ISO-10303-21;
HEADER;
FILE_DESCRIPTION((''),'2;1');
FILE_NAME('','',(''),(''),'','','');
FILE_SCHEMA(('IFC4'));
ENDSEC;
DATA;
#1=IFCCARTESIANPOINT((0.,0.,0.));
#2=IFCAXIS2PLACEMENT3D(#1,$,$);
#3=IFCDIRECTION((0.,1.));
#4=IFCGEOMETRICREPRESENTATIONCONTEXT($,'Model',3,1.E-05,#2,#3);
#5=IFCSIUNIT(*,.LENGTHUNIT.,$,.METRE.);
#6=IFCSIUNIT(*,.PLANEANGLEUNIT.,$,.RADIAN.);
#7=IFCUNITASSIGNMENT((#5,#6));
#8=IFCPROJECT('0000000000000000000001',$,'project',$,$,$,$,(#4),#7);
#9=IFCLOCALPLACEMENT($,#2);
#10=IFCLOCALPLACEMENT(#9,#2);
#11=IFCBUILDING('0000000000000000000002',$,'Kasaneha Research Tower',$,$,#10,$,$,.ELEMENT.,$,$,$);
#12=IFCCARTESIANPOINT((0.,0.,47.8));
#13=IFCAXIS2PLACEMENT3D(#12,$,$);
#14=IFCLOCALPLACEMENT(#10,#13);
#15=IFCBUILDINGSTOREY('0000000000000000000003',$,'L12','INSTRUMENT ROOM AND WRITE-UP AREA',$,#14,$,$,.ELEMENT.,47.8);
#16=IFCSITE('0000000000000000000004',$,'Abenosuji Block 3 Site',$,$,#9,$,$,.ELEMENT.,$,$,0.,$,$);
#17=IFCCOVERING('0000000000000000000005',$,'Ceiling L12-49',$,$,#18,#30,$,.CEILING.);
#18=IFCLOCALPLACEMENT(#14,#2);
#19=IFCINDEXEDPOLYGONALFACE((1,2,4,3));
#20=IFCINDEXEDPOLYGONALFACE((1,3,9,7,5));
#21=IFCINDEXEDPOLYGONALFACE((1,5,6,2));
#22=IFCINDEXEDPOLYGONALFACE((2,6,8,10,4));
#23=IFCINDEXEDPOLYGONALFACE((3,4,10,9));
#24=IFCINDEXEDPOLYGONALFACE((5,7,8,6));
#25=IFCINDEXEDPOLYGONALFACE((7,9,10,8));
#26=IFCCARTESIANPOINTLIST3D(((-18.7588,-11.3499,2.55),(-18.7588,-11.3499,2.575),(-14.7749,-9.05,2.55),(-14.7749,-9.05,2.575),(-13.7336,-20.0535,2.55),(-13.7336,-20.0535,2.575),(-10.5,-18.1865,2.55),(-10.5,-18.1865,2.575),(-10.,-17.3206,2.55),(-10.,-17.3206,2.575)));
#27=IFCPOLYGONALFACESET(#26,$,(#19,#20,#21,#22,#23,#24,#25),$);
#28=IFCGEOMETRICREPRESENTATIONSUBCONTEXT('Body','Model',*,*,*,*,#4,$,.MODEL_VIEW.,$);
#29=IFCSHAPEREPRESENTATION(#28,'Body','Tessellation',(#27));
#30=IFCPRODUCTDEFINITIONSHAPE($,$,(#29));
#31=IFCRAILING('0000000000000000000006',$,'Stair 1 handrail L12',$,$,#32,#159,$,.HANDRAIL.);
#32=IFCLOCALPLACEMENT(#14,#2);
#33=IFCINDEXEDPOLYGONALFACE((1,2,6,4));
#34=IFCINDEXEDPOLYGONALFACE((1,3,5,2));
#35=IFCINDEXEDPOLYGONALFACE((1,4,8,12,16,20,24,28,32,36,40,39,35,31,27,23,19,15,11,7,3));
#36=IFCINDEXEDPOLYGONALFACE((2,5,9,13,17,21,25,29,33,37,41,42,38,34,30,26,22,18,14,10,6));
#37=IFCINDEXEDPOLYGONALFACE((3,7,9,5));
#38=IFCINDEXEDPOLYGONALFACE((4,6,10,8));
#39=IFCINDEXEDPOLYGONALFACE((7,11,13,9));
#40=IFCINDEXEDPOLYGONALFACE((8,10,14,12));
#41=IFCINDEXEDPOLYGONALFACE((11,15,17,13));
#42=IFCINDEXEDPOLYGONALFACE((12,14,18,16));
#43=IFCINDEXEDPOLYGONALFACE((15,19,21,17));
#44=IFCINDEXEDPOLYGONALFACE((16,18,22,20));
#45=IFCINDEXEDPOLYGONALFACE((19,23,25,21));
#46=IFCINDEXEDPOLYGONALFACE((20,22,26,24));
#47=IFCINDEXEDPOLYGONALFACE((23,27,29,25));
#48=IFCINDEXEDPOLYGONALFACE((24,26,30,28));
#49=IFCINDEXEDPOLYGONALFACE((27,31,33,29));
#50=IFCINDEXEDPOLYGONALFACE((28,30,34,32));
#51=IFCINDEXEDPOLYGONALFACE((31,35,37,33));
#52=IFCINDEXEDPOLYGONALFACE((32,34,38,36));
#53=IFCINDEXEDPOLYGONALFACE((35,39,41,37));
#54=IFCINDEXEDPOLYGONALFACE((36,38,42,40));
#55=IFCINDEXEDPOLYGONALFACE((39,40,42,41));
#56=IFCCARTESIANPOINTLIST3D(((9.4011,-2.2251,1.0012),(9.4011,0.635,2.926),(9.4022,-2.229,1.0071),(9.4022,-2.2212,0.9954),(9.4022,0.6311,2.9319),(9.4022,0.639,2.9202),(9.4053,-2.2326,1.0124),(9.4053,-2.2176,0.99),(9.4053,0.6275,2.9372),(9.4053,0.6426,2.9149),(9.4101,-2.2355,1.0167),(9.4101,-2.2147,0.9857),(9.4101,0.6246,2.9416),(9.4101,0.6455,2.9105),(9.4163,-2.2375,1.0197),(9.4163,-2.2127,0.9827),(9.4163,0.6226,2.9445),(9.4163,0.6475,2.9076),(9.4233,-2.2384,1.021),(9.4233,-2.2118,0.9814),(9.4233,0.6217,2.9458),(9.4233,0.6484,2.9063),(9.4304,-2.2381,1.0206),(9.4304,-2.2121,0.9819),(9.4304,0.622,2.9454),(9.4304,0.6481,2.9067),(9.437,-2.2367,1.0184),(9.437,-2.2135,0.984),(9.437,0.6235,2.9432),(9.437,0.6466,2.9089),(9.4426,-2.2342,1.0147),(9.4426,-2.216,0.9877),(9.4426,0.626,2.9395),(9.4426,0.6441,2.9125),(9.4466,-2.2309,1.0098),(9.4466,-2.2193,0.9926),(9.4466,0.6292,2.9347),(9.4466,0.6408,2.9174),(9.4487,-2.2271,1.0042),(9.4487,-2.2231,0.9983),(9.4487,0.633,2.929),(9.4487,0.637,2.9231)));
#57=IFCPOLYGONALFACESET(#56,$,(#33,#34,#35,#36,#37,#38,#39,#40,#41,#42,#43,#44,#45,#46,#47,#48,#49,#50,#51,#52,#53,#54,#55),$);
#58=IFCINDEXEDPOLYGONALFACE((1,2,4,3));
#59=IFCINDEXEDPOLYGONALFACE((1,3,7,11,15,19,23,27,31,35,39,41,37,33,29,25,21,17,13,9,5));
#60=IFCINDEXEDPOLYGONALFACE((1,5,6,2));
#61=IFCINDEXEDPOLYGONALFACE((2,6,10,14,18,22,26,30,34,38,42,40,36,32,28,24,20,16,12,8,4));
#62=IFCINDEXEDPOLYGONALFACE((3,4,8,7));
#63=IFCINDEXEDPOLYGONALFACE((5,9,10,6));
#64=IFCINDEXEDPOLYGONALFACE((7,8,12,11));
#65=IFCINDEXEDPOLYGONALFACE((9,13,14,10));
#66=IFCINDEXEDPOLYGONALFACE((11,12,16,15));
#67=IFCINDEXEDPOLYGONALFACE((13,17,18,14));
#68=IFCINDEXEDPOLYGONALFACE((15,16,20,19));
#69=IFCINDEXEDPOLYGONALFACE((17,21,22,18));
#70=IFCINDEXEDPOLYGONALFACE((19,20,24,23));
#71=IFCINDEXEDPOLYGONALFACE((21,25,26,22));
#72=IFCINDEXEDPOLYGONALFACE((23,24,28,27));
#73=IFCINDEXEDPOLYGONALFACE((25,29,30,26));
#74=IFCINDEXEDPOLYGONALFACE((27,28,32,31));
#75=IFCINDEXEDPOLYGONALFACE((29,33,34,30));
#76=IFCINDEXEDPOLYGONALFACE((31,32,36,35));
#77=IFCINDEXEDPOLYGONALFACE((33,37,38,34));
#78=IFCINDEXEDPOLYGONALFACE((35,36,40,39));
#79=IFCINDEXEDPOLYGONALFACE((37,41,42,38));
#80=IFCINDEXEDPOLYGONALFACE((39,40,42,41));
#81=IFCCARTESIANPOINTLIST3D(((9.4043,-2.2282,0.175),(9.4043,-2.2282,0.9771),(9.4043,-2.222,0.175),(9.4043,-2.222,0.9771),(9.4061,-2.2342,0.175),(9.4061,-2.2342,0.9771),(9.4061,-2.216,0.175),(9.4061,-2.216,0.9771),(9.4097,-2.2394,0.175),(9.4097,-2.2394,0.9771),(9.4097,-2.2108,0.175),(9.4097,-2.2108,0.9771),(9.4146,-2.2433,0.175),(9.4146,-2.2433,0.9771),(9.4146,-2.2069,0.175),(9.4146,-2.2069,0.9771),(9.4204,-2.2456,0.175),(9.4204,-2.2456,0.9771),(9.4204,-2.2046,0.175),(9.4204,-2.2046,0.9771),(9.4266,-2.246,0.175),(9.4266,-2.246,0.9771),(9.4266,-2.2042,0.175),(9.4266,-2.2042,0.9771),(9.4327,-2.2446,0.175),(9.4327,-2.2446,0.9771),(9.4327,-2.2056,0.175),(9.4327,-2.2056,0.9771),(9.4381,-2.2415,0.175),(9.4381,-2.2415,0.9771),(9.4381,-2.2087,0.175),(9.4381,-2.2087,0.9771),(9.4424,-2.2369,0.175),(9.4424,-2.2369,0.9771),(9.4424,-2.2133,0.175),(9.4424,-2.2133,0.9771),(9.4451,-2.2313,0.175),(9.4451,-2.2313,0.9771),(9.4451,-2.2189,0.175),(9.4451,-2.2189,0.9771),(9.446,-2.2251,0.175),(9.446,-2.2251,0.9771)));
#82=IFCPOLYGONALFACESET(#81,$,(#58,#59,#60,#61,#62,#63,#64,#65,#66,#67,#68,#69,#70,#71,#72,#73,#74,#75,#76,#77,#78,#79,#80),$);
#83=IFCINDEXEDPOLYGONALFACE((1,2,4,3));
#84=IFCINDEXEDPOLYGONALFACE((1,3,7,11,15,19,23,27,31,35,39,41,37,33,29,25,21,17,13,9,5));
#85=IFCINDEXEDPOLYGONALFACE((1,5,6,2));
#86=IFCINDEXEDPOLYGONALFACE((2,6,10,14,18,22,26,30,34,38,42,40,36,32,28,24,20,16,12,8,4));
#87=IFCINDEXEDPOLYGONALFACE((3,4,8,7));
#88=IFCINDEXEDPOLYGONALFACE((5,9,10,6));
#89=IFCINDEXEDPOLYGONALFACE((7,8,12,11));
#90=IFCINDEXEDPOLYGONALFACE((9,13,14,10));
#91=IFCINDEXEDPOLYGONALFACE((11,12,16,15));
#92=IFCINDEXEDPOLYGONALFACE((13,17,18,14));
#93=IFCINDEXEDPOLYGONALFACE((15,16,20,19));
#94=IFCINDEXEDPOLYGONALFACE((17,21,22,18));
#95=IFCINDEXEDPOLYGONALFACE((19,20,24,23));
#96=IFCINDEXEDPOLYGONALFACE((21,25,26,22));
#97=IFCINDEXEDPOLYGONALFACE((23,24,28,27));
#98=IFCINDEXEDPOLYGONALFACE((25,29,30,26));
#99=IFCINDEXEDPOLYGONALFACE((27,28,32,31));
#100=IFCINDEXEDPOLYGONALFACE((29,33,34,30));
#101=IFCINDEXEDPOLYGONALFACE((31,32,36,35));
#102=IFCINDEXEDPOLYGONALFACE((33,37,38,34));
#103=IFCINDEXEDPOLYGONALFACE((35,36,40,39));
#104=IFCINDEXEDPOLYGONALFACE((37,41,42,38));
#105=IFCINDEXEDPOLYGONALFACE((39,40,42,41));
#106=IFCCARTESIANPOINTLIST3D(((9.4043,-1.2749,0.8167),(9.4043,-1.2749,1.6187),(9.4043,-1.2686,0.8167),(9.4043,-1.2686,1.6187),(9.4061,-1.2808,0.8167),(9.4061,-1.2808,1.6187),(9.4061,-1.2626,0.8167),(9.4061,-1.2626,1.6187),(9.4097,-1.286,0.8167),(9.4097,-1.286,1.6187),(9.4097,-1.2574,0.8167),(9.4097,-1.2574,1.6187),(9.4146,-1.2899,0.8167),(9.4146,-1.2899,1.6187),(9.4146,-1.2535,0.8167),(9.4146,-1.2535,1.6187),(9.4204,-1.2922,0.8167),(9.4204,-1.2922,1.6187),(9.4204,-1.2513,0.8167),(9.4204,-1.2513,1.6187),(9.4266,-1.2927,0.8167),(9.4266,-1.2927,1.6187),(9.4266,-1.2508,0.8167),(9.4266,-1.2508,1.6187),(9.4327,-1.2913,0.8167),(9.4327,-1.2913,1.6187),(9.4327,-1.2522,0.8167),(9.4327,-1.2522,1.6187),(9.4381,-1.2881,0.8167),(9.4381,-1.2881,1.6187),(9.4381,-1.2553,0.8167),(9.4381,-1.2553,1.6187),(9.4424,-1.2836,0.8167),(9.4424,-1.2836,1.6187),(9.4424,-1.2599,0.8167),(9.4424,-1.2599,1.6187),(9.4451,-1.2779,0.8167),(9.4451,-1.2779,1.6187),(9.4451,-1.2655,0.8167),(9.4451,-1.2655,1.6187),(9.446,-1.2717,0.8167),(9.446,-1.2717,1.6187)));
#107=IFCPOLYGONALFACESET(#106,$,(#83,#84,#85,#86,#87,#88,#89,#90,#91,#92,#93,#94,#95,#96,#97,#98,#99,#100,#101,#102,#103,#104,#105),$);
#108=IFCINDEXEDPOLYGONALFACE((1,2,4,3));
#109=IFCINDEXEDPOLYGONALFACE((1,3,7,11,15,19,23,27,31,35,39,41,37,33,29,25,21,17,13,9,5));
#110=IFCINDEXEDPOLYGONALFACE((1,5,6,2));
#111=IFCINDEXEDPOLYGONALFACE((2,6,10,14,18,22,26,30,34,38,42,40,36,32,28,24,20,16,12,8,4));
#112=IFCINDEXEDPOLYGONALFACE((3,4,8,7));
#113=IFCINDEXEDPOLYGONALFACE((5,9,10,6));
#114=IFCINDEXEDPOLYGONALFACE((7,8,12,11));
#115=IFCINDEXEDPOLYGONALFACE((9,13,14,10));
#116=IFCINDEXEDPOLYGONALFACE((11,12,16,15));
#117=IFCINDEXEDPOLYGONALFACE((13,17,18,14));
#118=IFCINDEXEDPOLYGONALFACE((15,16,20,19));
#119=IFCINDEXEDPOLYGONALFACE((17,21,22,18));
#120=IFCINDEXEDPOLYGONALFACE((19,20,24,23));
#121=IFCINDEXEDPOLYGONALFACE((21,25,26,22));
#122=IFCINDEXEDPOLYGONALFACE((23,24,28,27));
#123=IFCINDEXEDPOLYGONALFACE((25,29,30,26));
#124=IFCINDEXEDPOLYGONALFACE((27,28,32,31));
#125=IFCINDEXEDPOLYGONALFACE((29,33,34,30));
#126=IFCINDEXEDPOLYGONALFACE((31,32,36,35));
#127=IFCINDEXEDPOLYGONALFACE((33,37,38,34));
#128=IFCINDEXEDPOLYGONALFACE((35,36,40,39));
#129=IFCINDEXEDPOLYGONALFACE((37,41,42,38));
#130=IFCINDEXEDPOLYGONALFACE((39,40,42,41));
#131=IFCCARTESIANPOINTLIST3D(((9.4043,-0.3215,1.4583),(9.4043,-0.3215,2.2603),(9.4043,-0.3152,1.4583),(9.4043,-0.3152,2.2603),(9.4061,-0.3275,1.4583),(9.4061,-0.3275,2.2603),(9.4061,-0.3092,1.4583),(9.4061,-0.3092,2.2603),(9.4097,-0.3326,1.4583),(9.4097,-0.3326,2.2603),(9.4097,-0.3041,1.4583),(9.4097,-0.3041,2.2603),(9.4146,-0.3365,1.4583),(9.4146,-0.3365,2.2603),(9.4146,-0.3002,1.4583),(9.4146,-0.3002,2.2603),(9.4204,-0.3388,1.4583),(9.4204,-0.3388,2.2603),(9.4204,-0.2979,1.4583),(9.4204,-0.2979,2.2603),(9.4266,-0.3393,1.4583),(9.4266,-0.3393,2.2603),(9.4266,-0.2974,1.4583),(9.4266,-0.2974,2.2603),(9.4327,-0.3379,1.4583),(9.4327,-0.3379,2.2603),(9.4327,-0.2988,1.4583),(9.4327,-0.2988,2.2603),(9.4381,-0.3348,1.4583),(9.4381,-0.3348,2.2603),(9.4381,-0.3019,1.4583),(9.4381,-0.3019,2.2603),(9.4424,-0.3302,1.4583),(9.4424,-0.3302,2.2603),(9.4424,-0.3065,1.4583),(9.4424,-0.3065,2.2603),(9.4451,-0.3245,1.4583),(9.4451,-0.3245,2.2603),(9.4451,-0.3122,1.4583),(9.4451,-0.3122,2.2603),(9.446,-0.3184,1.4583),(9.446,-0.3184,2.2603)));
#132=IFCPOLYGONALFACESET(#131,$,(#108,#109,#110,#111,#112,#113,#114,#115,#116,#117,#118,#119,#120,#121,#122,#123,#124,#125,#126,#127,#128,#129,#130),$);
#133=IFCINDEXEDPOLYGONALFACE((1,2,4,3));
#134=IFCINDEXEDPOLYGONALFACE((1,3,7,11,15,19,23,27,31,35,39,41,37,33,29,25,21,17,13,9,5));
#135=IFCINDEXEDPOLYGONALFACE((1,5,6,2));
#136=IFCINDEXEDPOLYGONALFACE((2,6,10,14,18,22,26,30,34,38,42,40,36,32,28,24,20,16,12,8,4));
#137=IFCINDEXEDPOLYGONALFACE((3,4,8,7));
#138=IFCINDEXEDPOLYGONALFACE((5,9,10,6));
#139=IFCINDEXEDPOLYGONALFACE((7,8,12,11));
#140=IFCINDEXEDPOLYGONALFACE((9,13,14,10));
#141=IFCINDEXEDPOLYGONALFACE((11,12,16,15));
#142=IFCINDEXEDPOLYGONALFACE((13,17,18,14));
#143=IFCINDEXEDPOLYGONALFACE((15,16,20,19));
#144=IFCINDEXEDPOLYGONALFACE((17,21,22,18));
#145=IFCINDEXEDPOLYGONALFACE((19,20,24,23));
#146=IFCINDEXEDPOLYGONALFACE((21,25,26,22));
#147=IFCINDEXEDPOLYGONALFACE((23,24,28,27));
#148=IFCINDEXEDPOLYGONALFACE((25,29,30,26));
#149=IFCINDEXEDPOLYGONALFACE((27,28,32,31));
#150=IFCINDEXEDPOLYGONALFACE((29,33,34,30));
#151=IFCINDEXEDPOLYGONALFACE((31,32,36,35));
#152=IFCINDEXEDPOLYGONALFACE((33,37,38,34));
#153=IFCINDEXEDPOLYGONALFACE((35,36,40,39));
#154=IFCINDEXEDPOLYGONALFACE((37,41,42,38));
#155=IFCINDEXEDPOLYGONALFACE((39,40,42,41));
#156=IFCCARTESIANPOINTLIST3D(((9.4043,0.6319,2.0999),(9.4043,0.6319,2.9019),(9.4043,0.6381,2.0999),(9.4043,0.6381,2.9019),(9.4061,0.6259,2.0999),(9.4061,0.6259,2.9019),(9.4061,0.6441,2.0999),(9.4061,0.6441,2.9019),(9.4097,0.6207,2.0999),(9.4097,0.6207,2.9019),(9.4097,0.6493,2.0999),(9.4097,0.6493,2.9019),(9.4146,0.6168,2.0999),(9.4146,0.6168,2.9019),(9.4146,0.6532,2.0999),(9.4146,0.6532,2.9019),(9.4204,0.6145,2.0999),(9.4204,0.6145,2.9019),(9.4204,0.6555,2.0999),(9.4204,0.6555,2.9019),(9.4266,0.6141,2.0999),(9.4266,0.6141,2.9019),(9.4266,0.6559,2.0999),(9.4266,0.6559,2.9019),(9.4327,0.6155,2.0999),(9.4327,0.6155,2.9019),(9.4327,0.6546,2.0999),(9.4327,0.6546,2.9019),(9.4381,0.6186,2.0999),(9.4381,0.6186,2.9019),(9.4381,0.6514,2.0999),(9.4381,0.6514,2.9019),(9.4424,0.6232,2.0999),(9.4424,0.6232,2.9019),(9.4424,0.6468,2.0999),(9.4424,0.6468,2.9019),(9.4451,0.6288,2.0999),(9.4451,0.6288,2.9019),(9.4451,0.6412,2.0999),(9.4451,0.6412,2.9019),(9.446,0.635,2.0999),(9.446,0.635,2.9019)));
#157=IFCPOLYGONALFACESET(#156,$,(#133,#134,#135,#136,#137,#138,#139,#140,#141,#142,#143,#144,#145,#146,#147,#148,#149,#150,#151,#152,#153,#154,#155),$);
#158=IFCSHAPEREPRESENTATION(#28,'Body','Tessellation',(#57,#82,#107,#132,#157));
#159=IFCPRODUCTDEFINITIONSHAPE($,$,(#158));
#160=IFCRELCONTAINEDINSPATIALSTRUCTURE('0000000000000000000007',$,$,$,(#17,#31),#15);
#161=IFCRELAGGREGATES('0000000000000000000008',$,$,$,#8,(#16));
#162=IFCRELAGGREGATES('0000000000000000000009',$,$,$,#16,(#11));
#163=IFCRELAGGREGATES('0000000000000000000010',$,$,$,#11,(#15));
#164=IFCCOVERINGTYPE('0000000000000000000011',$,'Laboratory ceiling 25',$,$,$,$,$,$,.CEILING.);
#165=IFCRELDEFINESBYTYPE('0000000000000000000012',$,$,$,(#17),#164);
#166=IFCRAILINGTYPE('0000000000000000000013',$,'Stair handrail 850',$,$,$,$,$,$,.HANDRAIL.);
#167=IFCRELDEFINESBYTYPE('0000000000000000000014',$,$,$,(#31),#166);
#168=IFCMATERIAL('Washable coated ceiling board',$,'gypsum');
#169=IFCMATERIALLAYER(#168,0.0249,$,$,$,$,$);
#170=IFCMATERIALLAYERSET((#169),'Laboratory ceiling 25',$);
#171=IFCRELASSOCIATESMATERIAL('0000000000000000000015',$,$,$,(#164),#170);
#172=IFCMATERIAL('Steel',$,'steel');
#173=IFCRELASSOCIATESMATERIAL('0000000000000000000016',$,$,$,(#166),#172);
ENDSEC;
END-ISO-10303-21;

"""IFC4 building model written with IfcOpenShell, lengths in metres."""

from ifc_helpers import new_model, si_unit, direction, frame, origin, origin_2d, place, context, subcontext, project, spatial, polyline, circle, outline, extrude, material, layer, layer_set, type_object, element, save


model = new_model("IFC4")

# Units and contexts
model_context = context("Model", 3, precision=1e-05, world=origin(), true_north=direction((0.0, 1.0)))
body_context = subcontext(model_context, "Body", "Model", "MODEL_VIEW")
ifc_project = project(units=[si_unit("LENGTHUNIT", "METRE"), si_unit("PLANEANGLEUNIT", "RADIAN")], contexts=[model_context])

# Site, building, storey
site_placement = place(None, origin())
site = spatial("IfcSite", under=ifc_project, at=site_placement, Name="Abenosuji Block 3 Site", CompositionType="ELEMENT", RefElevation=0.0)
building_placement = place(site_placement, origin())
building = spatial("IfcBuilding", under=site, at=building_placement, Name="Kasaneha Research Tower", CompositionType="ELEMENT")
storey_placement = place(building_placement, frame((0.0, 0.0, 47.8)))
storey = spatial("IfcBuildingStorey", under=building, at=storey_placement, Name="L12", Description="INSTRUMENT ROOM AND WRITE-UP AREA", CompositionType="ELEMENT", Elevation=47.8)

# Covering
ifc_material_1 = material(Name="Washable coated ceiling board", Category="gypsum")
ifc_layer_1 = layer(ifc_material_1, 0.0249)
ifc_layer_set_1 = layer_set([ifc_layer_1], Name="Laboratory ceiling 25")
covering_type = type_object("IfcCoveringType", Name="Laboratory ceiling 25", PredefinedType="CEILING", material=ifc_layer_set_1)
covering_1_placement = place(storey_placement, frame((0.0, 0.0, 2.55)))
element("IfcCovering", 1, at=covering_1_placement, inside=storey, type_object=covering_type, Name="Ceiling L12-49", PredefinedType="CEILING", context=body_context, shape_type="SweptSolid", body=[
    extrude(outline(polyline([(-10.5, -18.1865), (-13.7336, -20.0535), (-18.7588, -11.3499), (-14.7749, -9.05), (-10.0, -17.3206), (-10.5, -18.1865)])), origin(), (0.0, 0.0, 1.0), 0.0249),
])

# Railing
ifc_material_2 = material(Name="Steel", Category="steel")
railing_type = type_object("IfcRailingType", Name="Stair handrail 850", PredefinedType="HANDRAIL", material=ifc_material_2)
railing_placement = place(storey_placement, frame((9.425, -2.2251, 0.175)))
element("IfcRailing", 2, at=railing_placement, inside=storey, type_object=railing_type, Name="Stair 1 handrail L12", PredefinedType="HANDRAIL", context=body_context, shape_type="SweptSolid", body=[
    extrude(circle(Radius=0.0239, at=origin_2d()), frame((0.0, 0.0, 0.8262), z_axis=(0.0, 0.829624, 0.558323), x_axis=(-1.0, 0.0, 0.0)), (0.0, 0.0, 1.0), 3.4475),
    extrude(circle(Radius=0.021, at=origin_2d()), origin(), (0.0, 0.0, 1.0), 0.802),
    extrude(circle(Radius=0.021, at=origin_2d()), frame((0.0, 0.9534, 0.6416)), (0.0, 0.0, 1.0), 0.802),
    extrude(circle(Radius=0.021, at=origin_2d()), frame((0.0, 1.9067, 1.2832)), (0.0, 0.0, 1.0), 0.802),
    extrude(circle(Radius=0.021, at=origin_2d()), frame((0.0, 2.8601, 1.9248)), (0.0, 0.0, 1.0), 0.802),
])

save(model, "model.ifc")
